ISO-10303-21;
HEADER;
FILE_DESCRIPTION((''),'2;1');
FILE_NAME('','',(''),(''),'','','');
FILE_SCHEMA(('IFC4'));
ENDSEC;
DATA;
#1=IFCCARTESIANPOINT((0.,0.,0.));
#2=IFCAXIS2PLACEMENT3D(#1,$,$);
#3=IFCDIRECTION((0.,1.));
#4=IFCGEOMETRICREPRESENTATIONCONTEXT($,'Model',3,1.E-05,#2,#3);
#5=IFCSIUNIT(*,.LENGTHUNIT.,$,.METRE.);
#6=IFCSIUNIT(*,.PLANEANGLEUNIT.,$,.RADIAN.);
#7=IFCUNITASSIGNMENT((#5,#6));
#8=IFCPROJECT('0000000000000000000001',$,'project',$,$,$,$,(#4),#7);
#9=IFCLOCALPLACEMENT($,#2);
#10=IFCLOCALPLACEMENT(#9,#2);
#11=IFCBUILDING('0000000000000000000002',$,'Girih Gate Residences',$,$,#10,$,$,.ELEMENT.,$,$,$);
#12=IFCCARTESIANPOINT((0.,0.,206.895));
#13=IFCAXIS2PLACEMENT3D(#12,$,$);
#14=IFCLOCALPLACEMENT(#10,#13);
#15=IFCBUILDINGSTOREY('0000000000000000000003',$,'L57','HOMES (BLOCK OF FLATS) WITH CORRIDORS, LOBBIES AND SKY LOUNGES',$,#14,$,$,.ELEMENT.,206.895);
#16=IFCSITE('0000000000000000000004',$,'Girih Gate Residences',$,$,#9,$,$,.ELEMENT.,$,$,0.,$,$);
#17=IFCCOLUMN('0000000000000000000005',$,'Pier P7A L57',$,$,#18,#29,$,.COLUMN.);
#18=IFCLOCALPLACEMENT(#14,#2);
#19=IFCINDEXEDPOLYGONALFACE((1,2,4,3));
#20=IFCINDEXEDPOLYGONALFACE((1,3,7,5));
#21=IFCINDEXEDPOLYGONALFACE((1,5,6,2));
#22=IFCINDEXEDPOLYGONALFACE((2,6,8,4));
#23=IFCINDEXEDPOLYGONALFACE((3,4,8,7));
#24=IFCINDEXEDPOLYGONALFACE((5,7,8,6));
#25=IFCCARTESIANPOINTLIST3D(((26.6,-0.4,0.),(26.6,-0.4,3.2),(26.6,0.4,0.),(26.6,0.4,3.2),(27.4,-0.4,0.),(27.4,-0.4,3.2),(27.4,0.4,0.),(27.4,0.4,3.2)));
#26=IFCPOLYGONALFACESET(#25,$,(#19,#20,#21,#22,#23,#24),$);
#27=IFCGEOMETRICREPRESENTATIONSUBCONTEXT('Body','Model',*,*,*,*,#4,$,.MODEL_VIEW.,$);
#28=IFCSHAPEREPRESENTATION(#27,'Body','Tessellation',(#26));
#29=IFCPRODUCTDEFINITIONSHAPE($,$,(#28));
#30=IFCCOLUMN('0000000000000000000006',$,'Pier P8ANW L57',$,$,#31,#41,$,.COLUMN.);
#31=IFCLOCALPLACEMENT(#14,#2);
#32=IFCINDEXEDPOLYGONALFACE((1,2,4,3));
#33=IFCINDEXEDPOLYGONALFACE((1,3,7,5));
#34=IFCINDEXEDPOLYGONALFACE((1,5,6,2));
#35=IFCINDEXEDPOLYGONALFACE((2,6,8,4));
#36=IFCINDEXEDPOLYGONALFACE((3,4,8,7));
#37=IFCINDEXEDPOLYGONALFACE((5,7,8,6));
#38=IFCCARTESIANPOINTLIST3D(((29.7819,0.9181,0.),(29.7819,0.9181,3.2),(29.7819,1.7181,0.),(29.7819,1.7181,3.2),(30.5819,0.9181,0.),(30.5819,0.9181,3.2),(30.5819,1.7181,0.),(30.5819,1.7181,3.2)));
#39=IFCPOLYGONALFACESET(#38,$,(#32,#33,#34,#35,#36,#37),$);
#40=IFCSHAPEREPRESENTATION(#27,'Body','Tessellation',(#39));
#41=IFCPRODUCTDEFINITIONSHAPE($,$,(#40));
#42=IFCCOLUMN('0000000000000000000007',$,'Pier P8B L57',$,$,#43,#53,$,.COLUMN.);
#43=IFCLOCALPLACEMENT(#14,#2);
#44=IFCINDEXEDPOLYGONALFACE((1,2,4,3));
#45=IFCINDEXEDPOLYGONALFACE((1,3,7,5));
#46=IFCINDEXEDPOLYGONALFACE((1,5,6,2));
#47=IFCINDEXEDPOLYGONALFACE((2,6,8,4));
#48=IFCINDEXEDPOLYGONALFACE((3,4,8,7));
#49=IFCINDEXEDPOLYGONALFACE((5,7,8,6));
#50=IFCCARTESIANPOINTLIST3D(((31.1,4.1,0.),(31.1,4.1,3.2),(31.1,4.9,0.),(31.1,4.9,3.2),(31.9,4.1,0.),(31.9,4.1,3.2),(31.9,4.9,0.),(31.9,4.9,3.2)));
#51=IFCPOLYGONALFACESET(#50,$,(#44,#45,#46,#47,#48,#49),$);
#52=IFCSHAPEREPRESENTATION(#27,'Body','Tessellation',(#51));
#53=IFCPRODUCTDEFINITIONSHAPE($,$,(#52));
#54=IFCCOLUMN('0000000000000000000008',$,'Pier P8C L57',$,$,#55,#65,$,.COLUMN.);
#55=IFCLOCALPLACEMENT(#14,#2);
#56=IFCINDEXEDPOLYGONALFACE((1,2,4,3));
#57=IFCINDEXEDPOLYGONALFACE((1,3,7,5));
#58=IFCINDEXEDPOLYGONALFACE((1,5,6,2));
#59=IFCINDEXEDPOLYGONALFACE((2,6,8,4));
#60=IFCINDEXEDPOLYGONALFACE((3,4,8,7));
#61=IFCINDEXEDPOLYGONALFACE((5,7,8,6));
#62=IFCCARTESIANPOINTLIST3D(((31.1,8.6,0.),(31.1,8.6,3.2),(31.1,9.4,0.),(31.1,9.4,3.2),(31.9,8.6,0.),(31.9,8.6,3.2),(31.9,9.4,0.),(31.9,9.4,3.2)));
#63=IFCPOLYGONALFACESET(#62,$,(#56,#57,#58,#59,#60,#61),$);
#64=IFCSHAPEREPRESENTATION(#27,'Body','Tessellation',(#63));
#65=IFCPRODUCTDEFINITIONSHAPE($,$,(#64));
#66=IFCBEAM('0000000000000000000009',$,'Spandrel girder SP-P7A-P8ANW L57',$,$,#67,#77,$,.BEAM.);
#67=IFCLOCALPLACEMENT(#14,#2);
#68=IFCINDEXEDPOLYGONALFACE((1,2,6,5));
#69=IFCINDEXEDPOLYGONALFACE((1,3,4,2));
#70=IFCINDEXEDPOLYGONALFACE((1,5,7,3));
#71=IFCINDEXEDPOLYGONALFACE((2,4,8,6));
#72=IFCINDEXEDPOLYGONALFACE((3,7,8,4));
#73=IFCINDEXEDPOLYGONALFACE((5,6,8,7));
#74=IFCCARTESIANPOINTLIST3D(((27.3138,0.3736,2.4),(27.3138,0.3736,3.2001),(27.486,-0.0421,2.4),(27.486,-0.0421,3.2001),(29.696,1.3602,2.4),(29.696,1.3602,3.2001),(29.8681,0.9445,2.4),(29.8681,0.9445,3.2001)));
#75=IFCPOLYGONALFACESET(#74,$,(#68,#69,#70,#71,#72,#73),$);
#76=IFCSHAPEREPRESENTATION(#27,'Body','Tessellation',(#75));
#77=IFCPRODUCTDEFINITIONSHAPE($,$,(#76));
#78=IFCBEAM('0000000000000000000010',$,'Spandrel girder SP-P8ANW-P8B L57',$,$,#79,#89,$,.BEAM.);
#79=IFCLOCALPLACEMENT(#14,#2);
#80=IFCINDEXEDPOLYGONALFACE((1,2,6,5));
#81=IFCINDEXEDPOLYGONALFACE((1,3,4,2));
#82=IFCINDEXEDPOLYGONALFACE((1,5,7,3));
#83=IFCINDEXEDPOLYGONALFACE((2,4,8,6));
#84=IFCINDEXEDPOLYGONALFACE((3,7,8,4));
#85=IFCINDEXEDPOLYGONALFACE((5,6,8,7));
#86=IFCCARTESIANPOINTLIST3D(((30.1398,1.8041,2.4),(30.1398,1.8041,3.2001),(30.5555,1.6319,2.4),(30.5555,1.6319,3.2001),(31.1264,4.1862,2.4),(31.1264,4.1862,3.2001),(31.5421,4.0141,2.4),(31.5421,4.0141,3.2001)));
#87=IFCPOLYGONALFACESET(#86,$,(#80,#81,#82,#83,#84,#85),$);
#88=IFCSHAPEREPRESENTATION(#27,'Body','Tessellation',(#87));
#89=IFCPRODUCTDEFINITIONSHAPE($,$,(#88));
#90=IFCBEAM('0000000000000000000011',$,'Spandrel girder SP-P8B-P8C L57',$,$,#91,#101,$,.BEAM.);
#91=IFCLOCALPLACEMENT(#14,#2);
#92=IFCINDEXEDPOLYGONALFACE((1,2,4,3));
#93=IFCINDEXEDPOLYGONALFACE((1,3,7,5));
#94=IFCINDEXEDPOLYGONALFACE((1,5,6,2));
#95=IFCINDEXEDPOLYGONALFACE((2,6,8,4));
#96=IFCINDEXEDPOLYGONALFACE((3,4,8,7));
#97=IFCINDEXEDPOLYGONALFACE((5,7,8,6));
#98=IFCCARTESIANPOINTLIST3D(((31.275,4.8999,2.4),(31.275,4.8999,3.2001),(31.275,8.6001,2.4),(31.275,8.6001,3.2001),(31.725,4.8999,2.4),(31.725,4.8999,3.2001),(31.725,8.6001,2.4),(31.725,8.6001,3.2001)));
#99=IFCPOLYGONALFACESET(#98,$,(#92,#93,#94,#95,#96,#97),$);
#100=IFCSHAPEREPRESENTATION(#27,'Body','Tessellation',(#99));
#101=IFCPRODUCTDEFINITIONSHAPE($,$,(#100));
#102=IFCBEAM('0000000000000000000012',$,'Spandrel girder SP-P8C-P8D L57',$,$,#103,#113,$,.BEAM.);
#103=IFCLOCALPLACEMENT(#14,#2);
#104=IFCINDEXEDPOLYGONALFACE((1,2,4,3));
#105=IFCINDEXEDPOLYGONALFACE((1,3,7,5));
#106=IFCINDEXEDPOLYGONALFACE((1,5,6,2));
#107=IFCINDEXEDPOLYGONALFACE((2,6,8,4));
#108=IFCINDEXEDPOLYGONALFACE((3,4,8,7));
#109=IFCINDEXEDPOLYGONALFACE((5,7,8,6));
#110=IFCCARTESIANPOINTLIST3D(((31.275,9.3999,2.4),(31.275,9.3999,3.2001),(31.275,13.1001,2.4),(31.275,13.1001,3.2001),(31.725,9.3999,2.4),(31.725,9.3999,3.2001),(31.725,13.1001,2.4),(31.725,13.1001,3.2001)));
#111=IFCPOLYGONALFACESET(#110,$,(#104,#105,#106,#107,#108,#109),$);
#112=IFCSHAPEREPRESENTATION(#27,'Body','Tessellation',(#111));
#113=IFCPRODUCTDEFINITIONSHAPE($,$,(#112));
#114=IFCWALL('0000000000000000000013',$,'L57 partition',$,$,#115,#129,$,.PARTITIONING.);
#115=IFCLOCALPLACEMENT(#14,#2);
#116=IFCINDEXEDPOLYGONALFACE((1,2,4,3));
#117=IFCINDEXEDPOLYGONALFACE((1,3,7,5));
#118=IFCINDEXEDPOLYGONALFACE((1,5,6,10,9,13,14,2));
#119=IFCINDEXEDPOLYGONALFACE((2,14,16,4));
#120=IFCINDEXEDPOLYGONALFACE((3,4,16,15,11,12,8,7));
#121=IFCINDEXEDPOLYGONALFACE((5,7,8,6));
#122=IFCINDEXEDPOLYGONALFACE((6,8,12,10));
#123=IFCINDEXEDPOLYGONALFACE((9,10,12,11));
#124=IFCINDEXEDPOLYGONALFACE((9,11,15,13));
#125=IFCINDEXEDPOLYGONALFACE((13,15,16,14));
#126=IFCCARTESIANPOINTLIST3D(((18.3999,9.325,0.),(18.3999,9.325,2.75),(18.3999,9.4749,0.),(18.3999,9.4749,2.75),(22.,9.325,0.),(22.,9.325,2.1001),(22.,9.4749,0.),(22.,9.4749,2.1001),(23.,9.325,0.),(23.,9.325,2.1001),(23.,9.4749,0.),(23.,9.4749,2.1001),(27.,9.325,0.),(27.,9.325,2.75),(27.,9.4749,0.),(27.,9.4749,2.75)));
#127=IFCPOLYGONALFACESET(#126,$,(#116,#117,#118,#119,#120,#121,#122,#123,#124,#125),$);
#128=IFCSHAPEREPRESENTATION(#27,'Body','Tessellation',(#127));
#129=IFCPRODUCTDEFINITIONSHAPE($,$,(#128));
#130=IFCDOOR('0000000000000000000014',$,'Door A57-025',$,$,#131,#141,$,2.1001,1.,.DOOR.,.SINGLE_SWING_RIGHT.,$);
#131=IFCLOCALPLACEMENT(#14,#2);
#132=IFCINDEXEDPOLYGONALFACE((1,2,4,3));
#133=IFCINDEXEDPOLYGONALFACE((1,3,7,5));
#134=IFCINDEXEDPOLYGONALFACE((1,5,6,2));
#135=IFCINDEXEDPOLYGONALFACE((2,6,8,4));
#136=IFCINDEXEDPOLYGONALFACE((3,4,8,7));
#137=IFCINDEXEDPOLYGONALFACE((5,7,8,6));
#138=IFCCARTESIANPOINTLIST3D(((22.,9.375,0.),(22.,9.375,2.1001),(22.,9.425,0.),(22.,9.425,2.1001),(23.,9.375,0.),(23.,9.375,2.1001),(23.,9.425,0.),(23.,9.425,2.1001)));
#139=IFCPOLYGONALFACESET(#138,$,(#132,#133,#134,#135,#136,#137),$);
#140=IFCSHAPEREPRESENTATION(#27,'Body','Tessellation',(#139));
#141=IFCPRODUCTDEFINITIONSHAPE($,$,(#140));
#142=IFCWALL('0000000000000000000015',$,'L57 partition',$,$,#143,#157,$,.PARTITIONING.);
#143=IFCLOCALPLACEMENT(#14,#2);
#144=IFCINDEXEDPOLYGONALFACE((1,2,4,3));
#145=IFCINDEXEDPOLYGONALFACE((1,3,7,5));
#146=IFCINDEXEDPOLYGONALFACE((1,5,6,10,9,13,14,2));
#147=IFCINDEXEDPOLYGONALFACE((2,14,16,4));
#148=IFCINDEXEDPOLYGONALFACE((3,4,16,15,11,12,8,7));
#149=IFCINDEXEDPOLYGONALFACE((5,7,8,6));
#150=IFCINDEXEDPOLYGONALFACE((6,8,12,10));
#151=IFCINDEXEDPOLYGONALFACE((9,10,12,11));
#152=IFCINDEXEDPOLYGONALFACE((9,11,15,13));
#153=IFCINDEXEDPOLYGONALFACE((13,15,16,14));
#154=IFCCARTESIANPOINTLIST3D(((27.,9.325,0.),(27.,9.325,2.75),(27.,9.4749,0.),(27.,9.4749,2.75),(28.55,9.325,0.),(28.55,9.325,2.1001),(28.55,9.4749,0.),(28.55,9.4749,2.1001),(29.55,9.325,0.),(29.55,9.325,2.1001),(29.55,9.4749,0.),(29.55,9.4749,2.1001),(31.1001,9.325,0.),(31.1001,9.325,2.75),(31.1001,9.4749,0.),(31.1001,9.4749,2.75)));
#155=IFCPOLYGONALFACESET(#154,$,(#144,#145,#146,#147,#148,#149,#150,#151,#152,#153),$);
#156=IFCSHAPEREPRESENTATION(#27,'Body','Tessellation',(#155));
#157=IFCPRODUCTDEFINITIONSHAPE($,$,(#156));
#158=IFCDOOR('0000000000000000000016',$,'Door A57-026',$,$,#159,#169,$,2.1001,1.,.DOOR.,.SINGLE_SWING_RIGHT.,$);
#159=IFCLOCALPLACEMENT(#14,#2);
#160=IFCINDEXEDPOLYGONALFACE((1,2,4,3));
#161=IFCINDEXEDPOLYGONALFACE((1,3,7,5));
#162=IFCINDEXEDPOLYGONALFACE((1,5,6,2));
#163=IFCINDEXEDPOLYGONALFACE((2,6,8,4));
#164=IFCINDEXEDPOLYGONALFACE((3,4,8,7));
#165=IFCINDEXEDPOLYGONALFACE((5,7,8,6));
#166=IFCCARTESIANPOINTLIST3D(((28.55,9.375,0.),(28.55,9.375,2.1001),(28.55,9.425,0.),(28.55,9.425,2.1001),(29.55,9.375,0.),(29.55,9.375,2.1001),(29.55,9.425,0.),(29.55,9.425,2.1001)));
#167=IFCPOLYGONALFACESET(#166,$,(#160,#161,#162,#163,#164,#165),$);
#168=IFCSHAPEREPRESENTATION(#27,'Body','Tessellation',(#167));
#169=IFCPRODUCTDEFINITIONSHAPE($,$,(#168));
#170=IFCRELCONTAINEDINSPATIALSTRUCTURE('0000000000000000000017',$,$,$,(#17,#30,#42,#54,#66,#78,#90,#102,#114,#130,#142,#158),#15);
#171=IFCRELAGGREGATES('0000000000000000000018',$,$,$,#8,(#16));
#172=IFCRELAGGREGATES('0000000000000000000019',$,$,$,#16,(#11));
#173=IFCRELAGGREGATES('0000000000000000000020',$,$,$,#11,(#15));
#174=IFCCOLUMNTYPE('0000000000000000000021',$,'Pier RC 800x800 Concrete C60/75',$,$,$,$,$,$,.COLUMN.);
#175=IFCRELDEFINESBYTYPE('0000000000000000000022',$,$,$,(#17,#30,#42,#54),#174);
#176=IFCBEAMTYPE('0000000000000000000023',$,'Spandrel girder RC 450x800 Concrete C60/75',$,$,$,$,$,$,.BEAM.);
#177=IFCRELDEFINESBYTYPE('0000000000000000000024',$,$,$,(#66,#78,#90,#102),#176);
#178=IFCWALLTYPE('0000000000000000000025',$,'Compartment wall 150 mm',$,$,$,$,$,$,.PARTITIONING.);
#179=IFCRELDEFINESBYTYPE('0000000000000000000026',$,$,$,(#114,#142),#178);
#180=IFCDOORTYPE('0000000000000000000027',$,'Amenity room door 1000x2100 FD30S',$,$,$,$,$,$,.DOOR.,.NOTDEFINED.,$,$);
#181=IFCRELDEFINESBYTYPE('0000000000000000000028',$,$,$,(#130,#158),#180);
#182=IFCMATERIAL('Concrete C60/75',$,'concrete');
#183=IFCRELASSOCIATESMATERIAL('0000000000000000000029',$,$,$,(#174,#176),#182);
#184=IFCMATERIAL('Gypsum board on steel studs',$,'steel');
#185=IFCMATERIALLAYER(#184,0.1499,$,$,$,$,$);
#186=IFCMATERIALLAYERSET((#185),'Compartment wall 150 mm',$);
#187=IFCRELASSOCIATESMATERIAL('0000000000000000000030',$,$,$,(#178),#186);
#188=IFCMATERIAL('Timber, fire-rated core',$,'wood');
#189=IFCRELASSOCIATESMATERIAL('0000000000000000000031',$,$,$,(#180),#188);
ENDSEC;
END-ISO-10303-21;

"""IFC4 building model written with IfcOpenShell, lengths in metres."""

from ifc_helpers import new_model, si_unit, direction, frame, frame_2d, origin, origin_2d, place, context, subcontext, project, spatial, rectangle, extrude, material, layer, layer_set, material_profile, profile_set, type_object, element, fill, save


model = new_model("IFC4")

# Units and contexts
model_context = context("Model", 3, precision=1e-05, world=origin(), true_north=direction((0.0, 1.0)))
body_context = subcontext(model_context, "Body", "Model", "MODEL_VIEW")
ifc_project = project(units=[si_unit("LENGTHUNIT", "METRE"), si_unit("PLANEANGLEUNIT", "RADIAN")], contexts=[model_context])

# Site, building, storey
site_placement = place(None, origin())
site = spatial("IfcSite", under=ifc_project, at=site_placement, Name="Girih Gate Residences", CompositionType="ELEMENT", RefElevation=0.0)
building_placement = place(site_placement, origin())
building = spatial("IfcBuilding", under=site, at=building_placement, Name="Girih Gate Residences", CompositionType="ELEMENT")
storey_placement = place(building_placement, frame((0.0, 0.0, 206.895)))
storey = spatial("IfcBuildingStorey", under=building, at=storey_placement, Name="L57", Description="HOMES (BLOCK OF FLATS) WITH CORRIDORS, LOBBIES AND SKY LOUNGES", CompositionType="ELEMENT", Elevation=206.895)

# Columns
ifc_material_1 = material(Name="Concrete C60/75", Category="concrete")
ifc_material_profile_1 = material_profile(ifc_material_1, rectangle(XDim=0.8, YDim=0.8, at=origin_2d()))
ifc_profile_set_1 = profile_set([ifc_material_profile_1], Name="Concrete C60/75")
column_type = type_object("IfcColumnType", Name="Pier RC 800x800 Concrete C60/75", PredefinedType="COLUMN", material=ifc_profile_set_1)
for number, where, z_axis, x_axis, name in (
    (1, (27.0, 0.0, 0.0), (0.0, 0.0, 1.0), (1.0, 0.0, 0.0), "Pier P7A L57"),
    (2, (30.1819, 1.3181, 0.0), (0.0, 0.0, 1.0), (1.0, 0.0, 0.0), "Pier P8ANW L57"),
    (3, (31.5, 4.5, 0.0), (0.0, 0.0, 1.0), (1.0, 0.0, 0.0), "Pier P8B L57"),
    (4, (31.5, 9.0, 0.0), (0.0, 0.0, 1.0), (1.0, 0.0, 0.0), "Pier P8C L57"),
):
    element("IfcColumn", number, at=place(storey_placement, frame(where, z_axis=z_axis, x_axis=x_axis)), inside=storey, type_object=column_type, Name=name, PredefinedType="COLUMN", context=body_context, shape_type="SweptSolid", body=[
        extrude(rectangle(XDim=0.8, YDim=0.8, at=origin_2d()), origin(), (0.0, 0.0, 1.0), 3.2),
    ])

# Beams
ifc_material_profile_2 = material_profile(ifc_material_1, rectangle(XDim=0.45, YDim=0.8, at=origin_2d()))
ifc_profile_set_2 = profile_set([ifc_material_profile_2], Name="Concrete C60/75")
beam_type = type_object("IfcBeamType", Name="Spandrel girder RC 450x800 Concrete C60/75", PredefinedType="BEAM", material=ifc_profile_set_2)
for number, where, z_axis, x_axis, name in (
    (5, (27.3999, 0.1658, 2.8), (0.923896, 0.382644, 0.0), (-0.382644, 0.923896, 0.0), "Spandrel girder SP-P7A-P8ANW L57"),
    (6, (30.3477, 1.718, 2.8), (0.382644, 0.923896, 0.0), (-0.923896, 0.382644, 0.0), "Spandrel girder SP-P8ANW-P8B L57"),
):
    element("IfcBeam", number, at=place(storey_placement, frame(where, z_axis=z_axis, x_axis=x_axis)), inside=storey, type_object=beam_type, Name=name, PredefinedType="BEAM", context=body_context, shape_type="SweptSolid", body=[
        extrude(rectangle(XDim=0.45, YDim=0.8, at=origin_2d()), origin(), (0.0, 0.0, 1.0), 2.5784),
    ])
for number, where, z_axis, x_axis, name in (
    (7, (31.5, 4.8999, 2.8), (0.0, 1.0, 0.0), (-1.0, 0.0, 0.0), "Spandrel girder SP-P8B-P8C L57"),
    (8, (31.5, 9.3999, 2.8), (0.0, 1.0, 0.0), (-1.0, 0.0, 0.0), "Spandrel girder SP-P8C-P8D L57"),
):
    element("IfcBeam", number, at=place(storey_placement, frame(where, z_axis=z_axis, x_axis=x_axis)), inside=storey, type_object=beam_type, Name=name, PredefinedType="BEAM", context=body_context, shape_type="SweptSolid", body=[
        extrude(rectangle(XDim=0.45, YDim=0.8, at=origin_2d()), origin(), (0.0, 0.0, 1.0), 3.7002),
    ])

# Walls, openings, doors
ifc_material_2 = material(Name="Gypsum board on steel studs", Category="steel")
ifc_layer_1 = layer(ifc_material_2, 0.1499)
ifc_layer_set_1 = layer_set([ifc_layer_1], Name="Compartment wall 150 mm")
wall_type_1 = type_object("IfcWallType", Name="Compartment wall 150 mm", PredefinedType="PARTITIONING", material=ifc_layer_set_1)
wall_1_placement = place(storey_placement, frame((27.0, 9.3999, 0.0), z_axis=(0.0, 0.0, 1.0), x_axis=(-1.0, 0.0, 0.0)))
wall_1 = element("IfcWall", 9, at=wall_1_placement, inside=storey, type_object=wall_type_1, Name="L57 partition", PredefinedType="PARTITIONING", context=body_context, shape_type="SweptSolid", body=[
    extrude(rectangle(XDim=8.6001, YDim=0.1499, at=frame_2d((4.3, 0.0))), origin(), (0.0, 0.0, 1.0), 2.75),
])
opening_1_placement = place(wall_1_placement, frame((4.0, 0.0, 0.0)))
opening_1 = element("IfcOpeningElement", 10, at=opening_1_placement, cuts=wall_1, PredefinedType="OPENING", context=body_context, shape_type="SweptSolid", body=[
    extrude(rectangle(XDim=1.0, YDim=2.1001, at=frame_2d((0.5, 1.05))), frame((0.0, 0.085, 0.0), z_axis=(0.0, -1.0, 0.0), x_axis=(1.0, 0.0, 0.0)), (0.0, 0.0, 1.0), 0.1699),
])
ifc_material_3 = material(Name="Timber, fire-rated core", Category="wood")
door_type = type_object("IfcDoorType", Name="Amenity room door 1000x2100 FD30S", OperationType="NOTDEFINED", PredefinedType="DOOR", material=ifc_material_3)
door_1_placement = place(opening_1_placement, origin())
door_1 = element("IfcDoor", 11, at=door_1_placement, inside=storey, type_object=door_type, Name="Door A57-025", OperationType="SINGLE_SWING_RIGHT", OverallHeight=2.1001, OverallWidth=1.0, PredefinedType="DOOR", context=body_context, shape_type="SweptSolid", body=[
    extrude(rectangle(XDim=1.0, YDim=2.1001, at=frame_2d((0.5, 1.05))), frame((0.0, 0.0249, 0.0), z_axis=(0.0, -1.0, 0.0), x_axis=(1.0, 0.0, 0.0)), (0.0, 0.0, 1.0), 0.05),
])
fill(opening_1, door_1)
wall_2_placement = place(storey_placement, frame((31.1001, 9.3999, 0.0), z_axis=(0.0, 0.0, 1.0), x_axis=(-1.0, 0.0, 0.0)))
wall_2 = element("IfcWall", 12, at=wall_2_placement, inside=storey, type_object=wall_type_1, Name="L57 partition", PredefinedType="PARTITIONING", context=body_context, shape_type="SweptSolid", body=[
    extrude(rectangle(XDim=4.1001, YDim=0.1499, at=frame_2d((2.05, 0.0))), origin(), (0.0, 0.0, 1.0), 2.75),
])
opening_2_placement = place(wall_2_placement, frame((1.55, 0.0, 0.0)))
opening_2 = element("IfcOpeningElement", 13, at=opening_2_placement, cuts=wall_2, PredefinedType="OPENING", context=body_context, shape_type="SweptSolid", body=[
    extrude(rectangle(XDim=1.0, YDim=2.1001, at=frame_2d((0.5, 1.05))), frame((0.0, 0.085, 0.0), z_axis=(0.0, -1.0, 0.0), x_axis=(1.0, 0.0, 0.0)), (0.0, 0.0, 1.0), 0.1699),
])
door_2_placement = place(opening_2_placement, origin())
door_2 = element("IfcDoor", 14, at=door_2_placement, inside=storey, type_object=door_type, Name="Door A57-026", OperationType="SINGLE_SWING_RIGHT", OverallHeight=2.1001, OverallWidth=1.0, PredefinedType="DOOR", context=body_context, shape_type="SweptSolid", body=[
    extrude(rectangle(XDim=1.0, YDim=2.1001, at=frame_2d((0.5, 1.05))), frame((0.0, 0.0249, 0.0), z_axis=(0.0, -1.0, 0.0), x_axis=(1.0, 0.0, 0.0)), (0.0, 0.0, 1.0), 0.05),
])
fill(opening_2, door_2)

save(model, "model.ifc")
